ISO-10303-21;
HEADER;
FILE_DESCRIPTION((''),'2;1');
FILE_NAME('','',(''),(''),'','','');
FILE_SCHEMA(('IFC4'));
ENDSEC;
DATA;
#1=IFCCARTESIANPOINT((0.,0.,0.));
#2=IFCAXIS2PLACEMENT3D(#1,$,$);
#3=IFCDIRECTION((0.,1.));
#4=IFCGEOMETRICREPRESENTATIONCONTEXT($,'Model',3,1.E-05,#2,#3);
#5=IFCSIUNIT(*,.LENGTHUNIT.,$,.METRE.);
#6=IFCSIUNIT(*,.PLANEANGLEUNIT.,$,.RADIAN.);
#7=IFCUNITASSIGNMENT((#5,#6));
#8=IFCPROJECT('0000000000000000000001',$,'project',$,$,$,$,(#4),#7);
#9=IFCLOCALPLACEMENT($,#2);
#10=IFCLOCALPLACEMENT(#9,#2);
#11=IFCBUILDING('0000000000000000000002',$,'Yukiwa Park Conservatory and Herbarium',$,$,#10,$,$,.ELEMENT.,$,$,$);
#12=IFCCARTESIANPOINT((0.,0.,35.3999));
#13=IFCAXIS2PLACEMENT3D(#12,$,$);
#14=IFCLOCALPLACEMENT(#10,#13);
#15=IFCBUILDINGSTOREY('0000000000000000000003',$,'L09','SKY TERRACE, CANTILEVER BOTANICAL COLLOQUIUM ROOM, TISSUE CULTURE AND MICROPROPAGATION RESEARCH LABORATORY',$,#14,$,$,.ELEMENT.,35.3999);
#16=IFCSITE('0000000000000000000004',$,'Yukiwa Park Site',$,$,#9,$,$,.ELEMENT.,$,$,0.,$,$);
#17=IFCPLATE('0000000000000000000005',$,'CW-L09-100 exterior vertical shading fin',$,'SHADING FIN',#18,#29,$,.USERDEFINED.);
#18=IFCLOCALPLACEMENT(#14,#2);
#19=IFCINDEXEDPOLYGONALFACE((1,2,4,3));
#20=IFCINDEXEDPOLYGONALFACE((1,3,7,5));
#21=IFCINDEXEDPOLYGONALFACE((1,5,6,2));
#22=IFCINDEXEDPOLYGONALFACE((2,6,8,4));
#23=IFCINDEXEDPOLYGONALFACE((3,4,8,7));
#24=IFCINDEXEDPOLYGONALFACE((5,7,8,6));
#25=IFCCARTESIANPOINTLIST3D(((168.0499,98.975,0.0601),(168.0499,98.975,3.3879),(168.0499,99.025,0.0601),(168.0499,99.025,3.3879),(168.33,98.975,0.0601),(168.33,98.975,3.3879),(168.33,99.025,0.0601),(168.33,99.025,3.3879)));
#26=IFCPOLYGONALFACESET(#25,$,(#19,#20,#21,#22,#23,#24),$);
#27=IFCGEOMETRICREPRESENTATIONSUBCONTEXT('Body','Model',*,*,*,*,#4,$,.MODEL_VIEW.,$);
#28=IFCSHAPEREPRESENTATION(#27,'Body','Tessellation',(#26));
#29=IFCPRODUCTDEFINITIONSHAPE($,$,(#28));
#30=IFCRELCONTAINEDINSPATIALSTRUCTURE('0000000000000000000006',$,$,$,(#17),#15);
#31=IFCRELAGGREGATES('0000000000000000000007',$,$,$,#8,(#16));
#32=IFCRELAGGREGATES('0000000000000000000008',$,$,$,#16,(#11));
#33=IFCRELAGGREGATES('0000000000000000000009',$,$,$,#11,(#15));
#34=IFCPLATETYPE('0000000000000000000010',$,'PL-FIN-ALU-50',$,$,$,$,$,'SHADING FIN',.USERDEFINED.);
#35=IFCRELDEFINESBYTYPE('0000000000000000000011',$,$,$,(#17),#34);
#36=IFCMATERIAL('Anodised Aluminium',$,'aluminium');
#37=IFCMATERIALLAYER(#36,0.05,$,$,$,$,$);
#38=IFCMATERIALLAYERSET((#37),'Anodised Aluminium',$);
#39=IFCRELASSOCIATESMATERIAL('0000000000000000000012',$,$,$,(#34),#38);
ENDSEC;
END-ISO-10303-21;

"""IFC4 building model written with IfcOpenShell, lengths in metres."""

from ifc_helpers import new_model, si_unit, direction, frame, origin, origin_2d, place, context, subcontext, project, spatial, rectangle, extrude, material, layer, layer_set, type_object, element, save


model = new_model("IFC4")

# Units and contexts
model_context = context("Model", 3, precision=1e-05, world=origin(), true_north=direction((0.0, 1.0)))
body_context = subcontext(model_context, "Body", "Model", "MODEL_VIEW")
ifc_project = project(units=[si_unit("LENGTHUNIT", "METRE"), si_unit("PLANEANGLEUNIT", "RADIAN")], contexts=[model_context])

# Site, building, storey
site_placement = place(None, origin())
site = spatial("IfcSite", under=ifc_project, at=site_placement, Name="Yukiwa Park Site", CompositionType="ELEMENT", RefElevation=0.0)
building_placement = place(site_placement, origin())
building = spatial("IfcBuilding", under=site, at=building_placement, Name="Yukiwa Park Conservatory and Herbarium", CompositionType="ELEMENT")
storey_placement = place(building_placement, frame((0.0, 0.0, 35.3999)))
storey = spatial("IfcBuildingStorey", under=building, at=storey_placement, Name="L09", Description="SKY TERRACE, CANTILEVER BOTANICAL COLLOQUIUM ROOM, TISSUE CULTURE AND MICROPROPAGATION RESEARCH LABORATORY", CompositionType="ELEMENT", Elevation=35.3999)

# Plate
ifc_material_1 = material(Name="Anodised Aluminium", Category="aluminium")
ifc_layer_1 = layer(ifc_material_1, 0.05)
ifc_layer_set_1 = layer_set([ifc_layer_1], Name="Anodised Aluminium")
plate_type_1 = type_object("IfcPlateType", Name="PL-FIN-ALU-50", ElementType="SHADING FIN", PredefinedType="USERDEFINED", material=ifc_layer_set_1)
plate_1_placement = place(storey_placement, frame((168.1899, 99.0, 0.0601), z_axis=(0.0, 0.0, 1.0), x_axis=(0.0, 1.0, 0.0)))
element("IfcPlate", 1, at=plate_1_placement, inside=storey, type_object=plate_type_1, Name="CW-L09-100 exterior vertical shading fin", ObjectType="SHADING FIN", PredefinedType="USERDEFINED", context=body_context, shape_type="SweptSolid", body=[
    extrude(rectangle(XDim=0.05, YDim=0.28, at=origin_2d()), origin(), (0.0, 0.0, 1.0), 3.3279),
])

save(model, "model.ifc")
